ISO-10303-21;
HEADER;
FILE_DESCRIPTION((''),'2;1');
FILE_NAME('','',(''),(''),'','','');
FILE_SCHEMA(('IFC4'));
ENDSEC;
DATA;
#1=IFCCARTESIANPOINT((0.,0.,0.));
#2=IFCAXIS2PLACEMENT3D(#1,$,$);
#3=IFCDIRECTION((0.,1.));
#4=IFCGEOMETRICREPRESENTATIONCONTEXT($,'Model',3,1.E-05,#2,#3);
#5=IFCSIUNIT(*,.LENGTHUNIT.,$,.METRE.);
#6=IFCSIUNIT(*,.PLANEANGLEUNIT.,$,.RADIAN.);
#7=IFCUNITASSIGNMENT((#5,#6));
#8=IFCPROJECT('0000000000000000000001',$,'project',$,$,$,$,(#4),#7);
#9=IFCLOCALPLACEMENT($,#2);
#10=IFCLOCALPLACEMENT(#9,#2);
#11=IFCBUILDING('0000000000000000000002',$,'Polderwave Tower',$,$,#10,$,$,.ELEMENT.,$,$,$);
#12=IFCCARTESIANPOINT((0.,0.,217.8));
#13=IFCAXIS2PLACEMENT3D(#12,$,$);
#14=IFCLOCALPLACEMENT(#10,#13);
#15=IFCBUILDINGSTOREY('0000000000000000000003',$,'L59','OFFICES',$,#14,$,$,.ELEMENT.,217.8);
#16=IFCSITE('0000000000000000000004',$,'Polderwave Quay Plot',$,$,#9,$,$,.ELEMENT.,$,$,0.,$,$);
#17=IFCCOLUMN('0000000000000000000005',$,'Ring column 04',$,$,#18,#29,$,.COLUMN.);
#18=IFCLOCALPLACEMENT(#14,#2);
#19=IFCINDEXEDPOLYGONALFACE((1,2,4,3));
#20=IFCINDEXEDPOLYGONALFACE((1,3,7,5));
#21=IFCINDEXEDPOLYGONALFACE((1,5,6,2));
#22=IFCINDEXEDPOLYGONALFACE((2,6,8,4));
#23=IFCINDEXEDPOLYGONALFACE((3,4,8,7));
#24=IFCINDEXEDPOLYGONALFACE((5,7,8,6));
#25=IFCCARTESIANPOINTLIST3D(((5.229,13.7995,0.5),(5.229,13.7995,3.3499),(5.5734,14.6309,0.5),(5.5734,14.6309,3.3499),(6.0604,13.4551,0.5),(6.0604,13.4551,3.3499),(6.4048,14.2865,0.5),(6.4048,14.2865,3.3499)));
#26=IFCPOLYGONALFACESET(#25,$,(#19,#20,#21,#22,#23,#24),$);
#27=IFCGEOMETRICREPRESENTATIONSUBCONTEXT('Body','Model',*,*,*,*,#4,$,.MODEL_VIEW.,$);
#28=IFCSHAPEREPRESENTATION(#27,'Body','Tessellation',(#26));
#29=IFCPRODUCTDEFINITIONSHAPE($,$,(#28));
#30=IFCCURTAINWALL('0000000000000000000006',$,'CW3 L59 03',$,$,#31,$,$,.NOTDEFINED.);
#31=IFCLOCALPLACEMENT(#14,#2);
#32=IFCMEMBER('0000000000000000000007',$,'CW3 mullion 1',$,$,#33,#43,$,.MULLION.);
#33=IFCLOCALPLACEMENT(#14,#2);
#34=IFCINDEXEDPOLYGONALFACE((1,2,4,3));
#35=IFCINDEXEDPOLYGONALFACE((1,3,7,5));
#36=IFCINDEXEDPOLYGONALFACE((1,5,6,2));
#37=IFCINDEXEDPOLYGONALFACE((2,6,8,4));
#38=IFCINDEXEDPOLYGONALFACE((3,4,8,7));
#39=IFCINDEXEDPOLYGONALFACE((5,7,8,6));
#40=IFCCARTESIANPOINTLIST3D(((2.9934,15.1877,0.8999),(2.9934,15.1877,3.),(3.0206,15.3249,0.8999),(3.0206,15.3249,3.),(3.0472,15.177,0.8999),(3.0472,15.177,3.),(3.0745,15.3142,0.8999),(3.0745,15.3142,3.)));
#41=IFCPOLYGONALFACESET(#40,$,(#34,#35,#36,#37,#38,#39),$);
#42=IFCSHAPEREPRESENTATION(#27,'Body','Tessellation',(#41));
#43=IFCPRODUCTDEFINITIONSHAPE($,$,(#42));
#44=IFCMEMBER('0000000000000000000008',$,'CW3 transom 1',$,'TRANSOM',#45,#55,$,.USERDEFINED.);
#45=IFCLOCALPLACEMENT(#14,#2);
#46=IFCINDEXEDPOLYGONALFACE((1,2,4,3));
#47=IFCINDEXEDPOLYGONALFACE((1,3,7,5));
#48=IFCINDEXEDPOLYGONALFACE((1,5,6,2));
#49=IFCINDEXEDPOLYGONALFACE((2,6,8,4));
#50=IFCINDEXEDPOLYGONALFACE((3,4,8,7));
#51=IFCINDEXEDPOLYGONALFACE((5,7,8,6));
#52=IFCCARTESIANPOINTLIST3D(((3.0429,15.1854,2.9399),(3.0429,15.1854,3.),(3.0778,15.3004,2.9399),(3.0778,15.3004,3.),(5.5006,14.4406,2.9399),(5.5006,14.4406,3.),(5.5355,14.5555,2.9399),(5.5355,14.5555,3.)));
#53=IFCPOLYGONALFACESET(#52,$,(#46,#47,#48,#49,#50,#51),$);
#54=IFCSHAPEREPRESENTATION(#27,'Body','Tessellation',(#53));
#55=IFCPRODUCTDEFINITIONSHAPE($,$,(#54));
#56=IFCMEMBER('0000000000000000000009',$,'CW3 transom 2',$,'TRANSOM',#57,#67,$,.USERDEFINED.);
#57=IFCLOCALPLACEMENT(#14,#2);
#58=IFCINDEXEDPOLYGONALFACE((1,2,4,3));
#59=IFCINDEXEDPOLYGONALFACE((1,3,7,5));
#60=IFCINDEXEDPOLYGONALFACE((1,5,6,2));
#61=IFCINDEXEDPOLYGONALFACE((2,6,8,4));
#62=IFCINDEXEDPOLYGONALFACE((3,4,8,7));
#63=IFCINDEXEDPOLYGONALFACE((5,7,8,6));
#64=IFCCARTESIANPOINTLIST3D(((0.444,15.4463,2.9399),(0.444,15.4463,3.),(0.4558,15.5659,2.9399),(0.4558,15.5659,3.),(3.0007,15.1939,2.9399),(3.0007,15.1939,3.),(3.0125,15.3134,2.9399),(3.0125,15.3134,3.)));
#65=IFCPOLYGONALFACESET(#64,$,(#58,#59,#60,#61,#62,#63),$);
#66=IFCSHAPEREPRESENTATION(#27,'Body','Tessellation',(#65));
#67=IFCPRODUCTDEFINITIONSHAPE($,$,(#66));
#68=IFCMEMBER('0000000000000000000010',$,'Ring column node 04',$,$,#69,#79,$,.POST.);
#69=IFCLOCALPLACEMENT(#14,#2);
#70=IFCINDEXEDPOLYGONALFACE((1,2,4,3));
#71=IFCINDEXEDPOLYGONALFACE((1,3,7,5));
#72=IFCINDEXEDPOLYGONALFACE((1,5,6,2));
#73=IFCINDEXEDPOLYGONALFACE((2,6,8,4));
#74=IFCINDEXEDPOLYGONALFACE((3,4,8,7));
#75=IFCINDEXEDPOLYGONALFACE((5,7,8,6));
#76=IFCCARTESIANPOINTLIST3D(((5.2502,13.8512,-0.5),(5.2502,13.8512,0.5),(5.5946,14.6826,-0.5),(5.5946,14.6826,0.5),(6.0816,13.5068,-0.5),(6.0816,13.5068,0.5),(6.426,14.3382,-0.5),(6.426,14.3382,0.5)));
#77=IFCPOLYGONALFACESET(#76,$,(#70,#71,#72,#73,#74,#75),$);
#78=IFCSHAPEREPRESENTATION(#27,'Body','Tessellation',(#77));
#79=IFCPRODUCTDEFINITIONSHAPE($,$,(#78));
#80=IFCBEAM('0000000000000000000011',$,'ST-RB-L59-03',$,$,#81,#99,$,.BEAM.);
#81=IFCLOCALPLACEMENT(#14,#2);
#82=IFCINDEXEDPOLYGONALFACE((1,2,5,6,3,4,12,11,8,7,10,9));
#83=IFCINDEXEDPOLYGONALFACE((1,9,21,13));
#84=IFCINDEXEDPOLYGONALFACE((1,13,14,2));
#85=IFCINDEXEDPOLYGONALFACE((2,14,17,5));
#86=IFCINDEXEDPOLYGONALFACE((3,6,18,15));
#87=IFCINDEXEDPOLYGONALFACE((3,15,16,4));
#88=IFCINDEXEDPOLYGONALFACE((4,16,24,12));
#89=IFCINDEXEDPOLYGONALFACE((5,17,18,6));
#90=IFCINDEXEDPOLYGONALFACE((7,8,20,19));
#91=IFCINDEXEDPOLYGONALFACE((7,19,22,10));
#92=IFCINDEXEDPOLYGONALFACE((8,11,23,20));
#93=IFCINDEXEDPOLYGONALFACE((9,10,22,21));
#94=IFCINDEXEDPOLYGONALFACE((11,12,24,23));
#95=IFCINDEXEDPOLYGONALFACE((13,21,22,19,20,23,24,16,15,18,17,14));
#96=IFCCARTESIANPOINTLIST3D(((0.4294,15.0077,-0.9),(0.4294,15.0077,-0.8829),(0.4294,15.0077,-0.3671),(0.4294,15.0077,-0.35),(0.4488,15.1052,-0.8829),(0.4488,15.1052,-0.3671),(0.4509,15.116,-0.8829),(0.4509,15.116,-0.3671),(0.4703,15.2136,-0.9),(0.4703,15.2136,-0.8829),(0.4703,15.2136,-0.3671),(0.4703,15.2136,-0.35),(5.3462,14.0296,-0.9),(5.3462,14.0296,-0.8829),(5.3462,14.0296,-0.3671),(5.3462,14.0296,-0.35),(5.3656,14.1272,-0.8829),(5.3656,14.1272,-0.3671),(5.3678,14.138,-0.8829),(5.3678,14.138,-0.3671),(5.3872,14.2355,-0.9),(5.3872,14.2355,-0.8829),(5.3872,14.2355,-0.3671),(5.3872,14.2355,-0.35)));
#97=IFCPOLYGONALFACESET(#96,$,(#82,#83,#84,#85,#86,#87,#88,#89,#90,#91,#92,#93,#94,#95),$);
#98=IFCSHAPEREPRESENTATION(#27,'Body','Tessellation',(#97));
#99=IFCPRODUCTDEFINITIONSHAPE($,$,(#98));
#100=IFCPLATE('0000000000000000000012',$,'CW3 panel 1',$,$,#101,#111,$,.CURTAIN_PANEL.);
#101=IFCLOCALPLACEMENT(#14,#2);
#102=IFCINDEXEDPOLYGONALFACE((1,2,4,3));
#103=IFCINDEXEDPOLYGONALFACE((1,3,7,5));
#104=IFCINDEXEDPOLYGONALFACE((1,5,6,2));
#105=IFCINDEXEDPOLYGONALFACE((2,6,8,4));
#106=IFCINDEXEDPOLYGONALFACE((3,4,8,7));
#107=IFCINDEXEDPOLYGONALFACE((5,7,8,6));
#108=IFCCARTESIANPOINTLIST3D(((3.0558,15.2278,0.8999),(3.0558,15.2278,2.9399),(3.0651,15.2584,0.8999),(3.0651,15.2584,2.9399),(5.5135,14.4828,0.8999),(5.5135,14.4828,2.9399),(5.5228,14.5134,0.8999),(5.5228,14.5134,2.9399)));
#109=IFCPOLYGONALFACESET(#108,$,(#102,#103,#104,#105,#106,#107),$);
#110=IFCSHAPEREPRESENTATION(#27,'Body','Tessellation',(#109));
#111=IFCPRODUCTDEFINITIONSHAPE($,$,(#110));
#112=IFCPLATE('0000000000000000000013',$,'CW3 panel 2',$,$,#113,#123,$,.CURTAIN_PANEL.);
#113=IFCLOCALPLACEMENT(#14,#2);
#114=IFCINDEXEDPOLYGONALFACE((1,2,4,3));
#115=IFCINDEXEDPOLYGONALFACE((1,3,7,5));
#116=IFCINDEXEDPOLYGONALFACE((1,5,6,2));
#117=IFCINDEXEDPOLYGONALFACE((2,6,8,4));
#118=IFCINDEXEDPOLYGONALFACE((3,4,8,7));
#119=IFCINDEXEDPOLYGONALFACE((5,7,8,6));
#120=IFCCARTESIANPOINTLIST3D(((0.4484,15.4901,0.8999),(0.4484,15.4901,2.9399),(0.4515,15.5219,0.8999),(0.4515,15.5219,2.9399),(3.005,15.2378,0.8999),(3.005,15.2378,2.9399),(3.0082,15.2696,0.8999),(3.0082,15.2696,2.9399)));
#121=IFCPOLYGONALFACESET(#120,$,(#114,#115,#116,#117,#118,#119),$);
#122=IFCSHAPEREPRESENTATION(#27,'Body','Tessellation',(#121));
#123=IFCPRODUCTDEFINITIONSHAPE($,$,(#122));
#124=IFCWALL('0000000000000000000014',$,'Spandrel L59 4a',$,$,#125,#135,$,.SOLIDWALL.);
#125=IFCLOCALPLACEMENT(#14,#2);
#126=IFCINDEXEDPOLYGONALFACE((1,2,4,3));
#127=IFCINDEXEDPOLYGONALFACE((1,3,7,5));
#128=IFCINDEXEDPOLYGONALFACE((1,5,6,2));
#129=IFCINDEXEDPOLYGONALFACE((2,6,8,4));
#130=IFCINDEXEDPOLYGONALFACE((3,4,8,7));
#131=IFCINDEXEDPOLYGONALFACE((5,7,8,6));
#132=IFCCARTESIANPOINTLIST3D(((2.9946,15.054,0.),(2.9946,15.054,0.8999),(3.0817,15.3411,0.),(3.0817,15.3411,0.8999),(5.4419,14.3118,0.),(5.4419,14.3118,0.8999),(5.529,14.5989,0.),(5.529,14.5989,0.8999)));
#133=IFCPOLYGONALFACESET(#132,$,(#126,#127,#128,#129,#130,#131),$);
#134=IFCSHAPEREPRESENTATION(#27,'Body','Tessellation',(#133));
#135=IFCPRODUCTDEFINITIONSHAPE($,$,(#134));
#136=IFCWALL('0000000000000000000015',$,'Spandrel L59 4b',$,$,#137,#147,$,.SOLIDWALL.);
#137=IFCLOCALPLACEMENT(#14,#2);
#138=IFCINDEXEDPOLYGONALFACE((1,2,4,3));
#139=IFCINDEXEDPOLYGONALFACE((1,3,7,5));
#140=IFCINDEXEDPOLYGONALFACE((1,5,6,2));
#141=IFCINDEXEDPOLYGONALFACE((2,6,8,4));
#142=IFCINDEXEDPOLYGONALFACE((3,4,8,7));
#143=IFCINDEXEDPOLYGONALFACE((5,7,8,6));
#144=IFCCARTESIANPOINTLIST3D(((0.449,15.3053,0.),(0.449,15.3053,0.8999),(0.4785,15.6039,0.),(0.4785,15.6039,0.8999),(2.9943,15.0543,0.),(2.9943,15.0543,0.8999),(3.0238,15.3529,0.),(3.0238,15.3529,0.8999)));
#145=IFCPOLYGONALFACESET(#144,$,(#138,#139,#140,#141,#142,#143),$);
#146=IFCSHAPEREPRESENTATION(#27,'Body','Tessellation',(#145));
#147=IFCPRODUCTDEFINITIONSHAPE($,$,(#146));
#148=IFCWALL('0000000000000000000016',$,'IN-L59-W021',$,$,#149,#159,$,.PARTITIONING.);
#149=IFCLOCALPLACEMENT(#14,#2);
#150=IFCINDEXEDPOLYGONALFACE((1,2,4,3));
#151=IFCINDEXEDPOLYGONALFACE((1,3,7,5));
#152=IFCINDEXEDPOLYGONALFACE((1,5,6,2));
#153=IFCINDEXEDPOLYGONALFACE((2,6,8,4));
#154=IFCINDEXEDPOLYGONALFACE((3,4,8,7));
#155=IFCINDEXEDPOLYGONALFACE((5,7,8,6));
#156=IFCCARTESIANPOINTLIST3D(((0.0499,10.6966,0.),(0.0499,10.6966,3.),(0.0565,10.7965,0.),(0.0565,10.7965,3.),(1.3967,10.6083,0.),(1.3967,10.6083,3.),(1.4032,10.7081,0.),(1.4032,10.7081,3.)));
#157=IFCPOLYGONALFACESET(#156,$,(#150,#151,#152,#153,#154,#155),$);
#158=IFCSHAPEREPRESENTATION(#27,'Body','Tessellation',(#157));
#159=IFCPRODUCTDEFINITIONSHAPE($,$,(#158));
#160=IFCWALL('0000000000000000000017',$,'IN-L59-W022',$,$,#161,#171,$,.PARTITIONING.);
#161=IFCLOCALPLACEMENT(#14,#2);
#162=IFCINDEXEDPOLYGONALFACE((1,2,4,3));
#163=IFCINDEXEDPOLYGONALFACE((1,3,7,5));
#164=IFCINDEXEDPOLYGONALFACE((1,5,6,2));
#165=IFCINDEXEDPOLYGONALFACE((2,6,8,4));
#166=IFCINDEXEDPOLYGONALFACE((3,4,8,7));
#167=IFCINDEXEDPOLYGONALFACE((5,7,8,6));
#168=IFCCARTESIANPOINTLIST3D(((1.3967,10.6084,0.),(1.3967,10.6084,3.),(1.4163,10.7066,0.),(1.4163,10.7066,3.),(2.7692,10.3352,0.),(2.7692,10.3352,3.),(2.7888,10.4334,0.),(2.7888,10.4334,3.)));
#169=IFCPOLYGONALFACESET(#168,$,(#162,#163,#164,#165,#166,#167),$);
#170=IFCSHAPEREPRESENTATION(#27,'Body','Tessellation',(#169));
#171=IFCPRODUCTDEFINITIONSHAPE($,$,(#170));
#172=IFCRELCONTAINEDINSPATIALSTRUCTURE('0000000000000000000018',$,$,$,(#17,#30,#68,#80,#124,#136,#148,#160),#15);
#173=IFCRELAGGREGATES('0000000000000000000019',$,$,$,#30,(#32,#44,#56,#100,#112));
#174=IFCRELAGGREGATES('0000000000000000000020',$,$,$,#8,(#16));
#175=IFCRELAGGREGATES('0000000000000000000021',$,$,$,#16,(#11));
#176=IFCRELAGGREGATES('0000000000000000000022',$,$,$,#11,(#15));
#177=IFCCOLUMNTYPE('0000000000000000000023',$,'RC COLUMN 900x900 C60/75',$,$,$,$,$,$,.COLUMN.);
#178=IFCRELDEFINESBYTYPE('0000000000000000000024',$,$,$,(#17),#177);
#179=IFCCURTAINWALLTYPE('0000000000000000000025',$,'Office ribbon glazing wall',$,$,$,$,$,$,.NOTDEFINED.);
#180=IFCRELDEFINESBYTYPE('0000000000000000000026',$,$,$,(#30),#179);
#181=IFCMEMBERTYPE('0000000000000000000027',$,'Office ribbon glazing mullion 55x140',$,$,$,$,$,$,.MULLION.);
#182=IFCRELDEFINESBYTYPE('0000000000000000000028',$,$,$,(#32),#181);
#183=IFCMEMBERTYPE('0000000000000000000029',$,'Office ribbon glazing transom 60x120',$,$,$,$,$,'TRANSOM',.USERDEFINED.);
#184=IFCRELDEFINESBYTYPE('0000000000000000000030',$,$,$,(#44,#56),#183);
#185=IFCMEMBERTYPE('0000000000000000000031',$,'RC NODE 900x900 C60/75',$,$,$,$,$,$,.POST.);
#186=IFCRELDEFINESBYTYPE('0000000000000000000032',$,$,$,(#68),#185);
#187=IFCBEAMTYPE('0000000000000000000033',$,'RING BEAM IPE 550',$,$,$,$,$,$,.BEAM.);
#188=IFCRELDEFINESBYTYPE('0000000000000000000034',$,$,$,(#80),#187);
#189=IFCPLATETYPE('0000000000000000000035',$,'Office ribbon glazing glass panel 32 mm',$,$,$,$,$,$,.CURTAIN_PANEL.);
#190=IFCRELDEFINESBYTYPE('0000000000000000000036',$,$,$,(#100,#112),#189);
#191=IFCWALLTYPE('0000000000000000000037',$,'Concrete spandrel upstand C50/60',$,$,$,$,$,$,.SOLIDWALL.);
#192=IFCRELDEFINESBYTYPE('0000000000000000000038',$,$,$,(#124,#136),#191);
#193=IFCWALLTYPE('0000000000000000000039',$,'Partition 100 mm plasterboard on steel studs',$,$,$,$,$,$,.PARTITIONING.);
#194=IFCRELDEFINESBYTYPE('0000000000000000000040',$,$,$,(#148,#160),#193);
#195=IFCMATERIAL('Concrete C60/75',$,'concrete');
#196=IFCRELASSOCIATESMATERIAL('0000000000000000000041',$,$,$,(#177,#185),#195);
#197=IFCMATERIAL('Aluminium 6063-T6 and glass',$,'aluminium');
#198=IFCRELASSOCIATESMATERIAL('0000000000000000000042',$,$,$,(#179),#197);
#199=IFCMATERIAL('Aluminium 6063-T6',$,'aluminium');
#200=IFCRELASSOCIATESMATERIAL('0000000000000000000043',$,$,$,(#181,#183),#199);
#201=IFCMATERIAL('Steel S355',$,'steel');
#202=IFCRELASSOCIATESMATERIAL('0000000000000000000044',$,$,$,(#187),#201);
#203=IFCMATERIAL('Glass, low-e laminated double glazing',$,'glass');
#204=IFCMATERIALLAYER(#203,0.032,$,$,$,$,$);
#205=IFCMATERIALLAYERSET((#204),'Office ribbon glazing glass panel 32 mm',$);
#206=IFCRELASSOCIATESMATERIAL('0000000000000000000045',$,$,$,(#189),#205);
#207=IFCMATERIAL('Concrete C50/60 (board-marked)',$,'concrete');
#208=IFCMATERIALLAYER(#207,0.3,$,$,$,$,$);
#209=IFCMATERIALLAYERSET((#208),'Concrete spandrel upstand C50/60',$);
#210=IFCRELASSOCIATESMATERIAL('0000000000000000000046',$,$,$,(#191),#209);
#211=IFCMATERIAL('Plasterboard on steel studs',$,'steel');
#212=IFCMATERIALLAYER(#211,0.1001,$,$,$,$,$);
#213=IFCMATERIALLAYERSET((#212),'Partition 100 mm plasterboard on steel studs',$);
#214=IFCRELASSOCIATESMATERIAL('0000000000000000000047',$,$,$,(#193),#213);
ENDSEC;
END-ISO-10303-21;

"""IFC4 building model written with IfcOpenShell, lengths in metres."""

from ifc_helpers import new_model, si_unit, direction, frame, frame_2d, origin, origin_2d, place, context, subcontext, project, spatial, rectangle, i_section, extrude, material, layer, layer_set, material_profile, profile_set, type_object, element, aggregate, save


model = new_model("IFC4")

# Units and contexts
model_context = context("Model", 3, precision=1e-05, world=origin(), true_north=direction((0.0, 1.0)))
body_context = subcontext(model_context, "Body", "Model", "MODEL_VIEW")
ifc_project = project(units=[si_unit("LENGTHUNIT", "METRE"), si_unit("PLANEANGLEUNIT", "RADIAN")], contexts=[model_context])

# Site, building, storey
site_placement = place(None, origin())
site = spatial("IfcSite", under=ifc_project, at=site_placement, Name="Polderwave Quay Plot", CompositionType="ELEMENT", RefElevation=0.0)
building_placement = place(site_placement, origin())
building = spatial("IfcBuilding", under=site, at=building_placement, Name="Polderwave Tower", CompositionType="ELEMENT")
storey_placement = place(building_placement, frame((0.0, 0.0, 217.8)))
storey = spatial("IfcBuildingStorey", under=building, at=storey_placement, Name="L59", Description="OFFICES", CompositionType="ELEMENT", Elevation=217.8)

# Column
ifc_material_1 = material(Name="Concrete C60/75", Category="concrete")
ifc_material_profile_1 = material_profile(ifc_material_1, rectangle(XDim=0.8999, YDim=0.8999, at=origin_2d()), Name="RC 900x900")
ifc_profile_set_1 = profile_set([ifc_material_profile_1], Name="Concrete C60/75")
column_type = type_object("IfcColumnType", Name="RC COLUMN 900x900 C60/75", PredefinedType="COLUMN", material=ifc_profile_set_1)
column_placement = place(storey_placement, frame((5.8169, 14.043, 0.5), z_axis=(0.0, 0.0, 1.0), x_axis=(0.382683, 0.92388, 0.0)))
element("IfcColumn", 1, at=column_placement, inside=storey, type_object=column_type, Name="Ring column 04", PredefinedType="COLUMN", context=body_context, shape_type="SweptSolid", body=[
    extrude(rectangle(XDim=0.8999, YDim=0.8999, at=origin_2d()), origin(), (0.0, 0.0, 1.0), 2.8499),
])

# Curtain wall, members
ifc_material_2 = material(Name="Aluminium 6063-T6 and glass", Category="aluminium")
curtain_wall_type = type_object("IfcCurtainWallType", Name="Office ribbon glazing wall", PredefinedType="NOTDEFINED", material=ifc_material_2)
curtain_wall_placement = place(storey_placement, origin())
curtain_wall = element("IfcCurtainWall", 2, at=curtain_wall_placement, inside=storey, type_object=curtain_wall_type, Name="CW3 L59 03", PredefinedType="NOTDEFINED")
ifc_material_3 = material(Name="Aluminium 6063-T6", Category="aluminium")
ifc_material_profile_2 = material_profile(ifc_material_3, rectangle(XDim=0.1399, YDim=0.0549, at=origin_2d()), Name="AL 55x140")
ifc_profile_set_2 = profile_set([ifc_material_profile_2], Name="Aluminium 6063-T6")
member_type_1 = type_object("IfcMemberType", Name="Office ribbon glazing mullion 55x140", PredefinedType="MULLION", material=ifc_profile_set_2)
member_1_placement = place(storey_placement, frame((3.0339, 15.251, 0.8999), z_axis=(0.0, 0.0, 1.0), x_axis=(-0.195092, -0.980785, 0.0)))
member_1 = element("IfcMember", 3, at=member_1_placement, type_object=member_type_1, Name="CW3 mullion 1", PredefinedType="MULLION", context=body_context, shape_type="SweptSolid", body=[
    extrude(rectangle(XDim=0.1399, YDim=0.0549, at=origin_2d()), origin(), (0.0, 0.0, 1.0), 2.1001),
])
ifc_material_profile_3 = material_profile(ifc_material_3, rectangle(XDim=0.1201, YDim=0.0601, at=origin_2d()), Name="AL 60x120")
ifc_profile_set_3 = profile_set([ifc_material_profile_3], Name="Aluminium 6063-T6")
member_type_2 = type_object("IfcMemberType", Name="Office ribbon glazing transom 60x120", ElementType="TRANSOM", PredefinedType="USERDEFINED", material=ifc_profile_set_3)
member_2_placement = place(storey_placement, frame((5.5181, 14.498, 2.97), z_axis=(-0.957014, 0.290042, 0.0), x_axis=(-0.290042, -0.957014, 0.0)))
member_2 = element("IfcMember", 4, at=member_2_placement, type_object=member_type_2, Name="CW3 transom 1", ObjectType="TRANSOM", PredefinedType="USERDEFINED", context=body_context, shape_type="SweptSolid", body=[
    extrude(rectangle(XDim=0.1201, YDim=0.0601, at=origin_2d()), origin(), (0.0, 0.0, 1.0), 2.5681),
])
member_3_placement = place(storey_placement, frame((3.0066, 15.2537, 2.97), z_axis=(-0.995161, 0.098262, 0.0), x_axis=(-0.098262, -0.995161, 0.0)))
member_3 = element("IfcMember", 5, at=member_3_placement, type_object=member_type_2, Name="CW3 transom 2", ObjectType="TRANSOM", PredefinedType="USERDEFINED", context=body_context, shape_type="SweptSolid", body=[
    extrude(rectangle(XDim=0.1201, YDim=0.0601, at=origin_2d()), origin(), (0.0, 0.0, 1.0), 2.5691),
])

# Member
ifc_material_profile_4 = material_profile(ifc_material_1, rectangle(XDim=0.8999, YDim=0.8999, at=origin_2d()), Name="RC 900x900")
ifc_profile_set_4 = profile_set([ifc_material_profile_4], Name="Concrete C60/75")
member_type_3 = type_object("IfcMemberType", Name="RC NODE 900x900 C60/75", PredefinedType="POST", material=ifc_profile_set_4)
member_4_placement = place(storey_placement, frame((5.8381, 14.0947, -0.5), z_axis=(0.0, 0.0, 1.0), x_axis=(0.382683, 0.92388, 0.0)))
element("IfcMember", 6, at=member_4_placement, inside=storey, type_object=member_type_3, Name="Ring column node 04", PredefinedType="POST", context=body_context, shape_type="SweptSolid", body=[
    extrude(rectangle(XDim=0.8999, YDim=0.8999, at=origin_2d()), origin(), (0.0, 0.0, 1.0), 1.0),
])

# Beam
ifc_material_4 = material(Name="Steel S355", Category="steel")
ifc_material_profile_5 = material_profile(ifc_material_4, i_section(OverallWidth=0.21, OverallDepth=0.55, WebThickness=0.011, FlangeThickness=0.0171, at=origin_2d()), Name="IPE 550")
ifc_profile_set_5 = profile_set([ifc_material_profile_5], Name="Steel S355")
beam_type = type_object("IfcBeamType", Name="RING BEAM IPE 550", PredefinedType="BEAM", material=ifc_profile_set_5)
beam_placement = place(storey_placement, frame((5.3667, 14.1326, -0.625), z_axis=(-0.980784, 0.195095, 0.0), x_axis=(-0.195095, -0.980784, 0.0)))
element("IfcBeam", 7, at=beam_placement, inside=storey, type_object=beam_type, Name="ST-RB-L59-03", PredefinedType="BEAM", context=body_context, shape_type="SweptSolid", body=[
    extrude(i_section(OverallWidth=0.21, OverallDepth=0.55, WebThickness=0.011, FlangeThickness=0.0171, at=origin_2d()), origin(), (0.0, 0.0, 1.0), 5.0132),
])

# Plates
ifc_material_5 = material(Name="Glass, low-e laminated double glazing", Category="glass")
ifc_layer_1 = layer(ifc_material_5, 0.032)
ifc_layer_set_1 = layer_set([ifc_layer_1], Name="Office ribbon glazing glass panel 32 mm")
plate_type = type_object("IfcPlateType", Name="Office ribbon glazing glass panel 32 mm", PredefinedType="CURTAIN_PANEL", material=ifc_layer_set_1)
plate_1_placement = place(storey_placement, frame((4.2893, 14.8706, 0.8999), z_axis=(0.0, 0.0, 1.0), x_axis=(-0.956995, 0.290104, 0.0)))
plate_1 = element("IfcPlate", 8, at=plate_1_placement, type_object=plate_type, Name="CW3 panel 1", PredefinedType="CURTAIN_PANEL", context=body_context, shape_type="SweptSolid", body=[
    extrude(rectangle(XDim=2.5681, YDim=0.032, at=origin_2d()), origin(), (0.0, 0.0, 1.0), 2.04),
])
plate_2_placement = place(storey_placement, frame((1.7283, 15.3799, 0.8999), z_axis=(0.0, 0.0, 1.0), x_axis=(-0.995166, 0.098206, 0.0)))
plate_2 = element("IfcPlate", 9, at=plate_2_placement, type_object=plate_type, Name="CW3 panel 2", PredefinedType="CURTAIN_PANEL", context=body_context, shape_type="SweptSolid", body=[
    extrude(rectangle(XDim=2.5691, YDim=0.032, at=origin_2d()), origin(), (0.0, 0.0, 1.0), 2.04),
])
aggregate(curtain_wall, [member_1, member_2, member_3, plate_1, plate_2])

# Walls
ifc_material_6 = material(Name="Concrete C50/60 (board-marked)", Category="concrete")
ifc_layer_2 = layer(ifc_material_6, 0.3)
ifc_layer_set_2 = layer_set([ifc_layer_2], Name="Concrete spandrel upstand C50/60")
wall_type_1 = type_object("IfcWallType", Name="Concrete spandrel upstand C50/60", PredefinedType="SOLIDWALL", material=ifc_layer_set_2)
wall_1_placement = place(storey_placement, frame((5.4856, 14.4553, 0.0), z_axis=(0.0, 0.0, 1.0), x_axis=(-0.95696, 0.290219, 0.0)))
element("IfcWall", 10, at=wall_1_placement, inside=storey, type_object=wall_type_1, Name="Spandrel L59 4a", PredefinedType="SOLIDWALL", context=body_context, shape_type="SweptSolid", body=[
    extrude(rectangle(XDim=2.5574, YDim=0.3, at=frame_2d((1.2788, 0.0))), origin(), (0.0, 0.0, 1.0), 0.8999),
])
wall_2_placement = place(storey_placement, frame((3.009, 15.2036, 0.0), z_axis=(0.0, 0.0, 1.0), x_axis=(-0.995173, 0.098133, 0.0)))
element("IfcWall", 11, at=wall_2_placement, inside=storey, type_object=wall_type_1, Name="Spandrel L59 4b", PredefinedType="SOLIDWALL", context=body_context, shape_type="SweptSolid", body=[
    extrude(rectangle(XDim=2.5576, YDim=0.3, at=frame_2d((1.2788, 0.0))), origin(), (0.0, 0.0, 1.0), 0.8999),
])
ifc_material_7 = material(Name="Plasterboard on steel studs", Category="steel")
ifc_layer_3 = layer(ifc_material_7, 0.1001)
ifc_layer_set_3 = layer_set([ifc_layer_3], Name="Partition 100 mm plasterboard on steel studs")
wall_type_2 = type_object("IfcWallType", Name="Partition 100 mm plasterboard on steel studs", PredefinedType="PARTITIONING", material=ifc_layer_set_3)
wall_3_placement = place(storey_placement, frame((0.0532, 10.7466, 0.0), z_axis=(0.0, 0.0, 1.0), x_axis=(0.997853, -0.065486, 0.0)))
element("IfcWall", 12, at=wall_3_placement, inside=storey, type_object=wall_type_2, Name="IN-L59-W021", PredefinedType="PARTITIONING", context=body_context, shape_type="SweptSolid", body=[
    extrude(rectangle(XDim=1.3496, YDim=0.1001, at=frame_2d((0.6748, 0.0))), origin(), (0.0, 0.0, 1.0), 3.0),
])
wall_4_placement = place(storey_placement, frame((1.4065, 10.6575, 0.0), z_axis=(0.0, 0.0, 1.0), x_axis=(0.980761, -0.19521, 0.0)))
element("IfcWall", 13, at=wall_4_placement, inside=storey, type_object=wall_type_2, Name="IN-L59-W022", PredefinedType="PARTITIONING", context=body_context, shape_type="SweptSolid", body=[
    extrude(rectangle(XDim=1.3994, YDim=0.1001, at=frame_2d((0.6997, 0.0))), origin(), (0.0, 0.0, 1.0), 3.0),
])

save(model, "model.ifc")
